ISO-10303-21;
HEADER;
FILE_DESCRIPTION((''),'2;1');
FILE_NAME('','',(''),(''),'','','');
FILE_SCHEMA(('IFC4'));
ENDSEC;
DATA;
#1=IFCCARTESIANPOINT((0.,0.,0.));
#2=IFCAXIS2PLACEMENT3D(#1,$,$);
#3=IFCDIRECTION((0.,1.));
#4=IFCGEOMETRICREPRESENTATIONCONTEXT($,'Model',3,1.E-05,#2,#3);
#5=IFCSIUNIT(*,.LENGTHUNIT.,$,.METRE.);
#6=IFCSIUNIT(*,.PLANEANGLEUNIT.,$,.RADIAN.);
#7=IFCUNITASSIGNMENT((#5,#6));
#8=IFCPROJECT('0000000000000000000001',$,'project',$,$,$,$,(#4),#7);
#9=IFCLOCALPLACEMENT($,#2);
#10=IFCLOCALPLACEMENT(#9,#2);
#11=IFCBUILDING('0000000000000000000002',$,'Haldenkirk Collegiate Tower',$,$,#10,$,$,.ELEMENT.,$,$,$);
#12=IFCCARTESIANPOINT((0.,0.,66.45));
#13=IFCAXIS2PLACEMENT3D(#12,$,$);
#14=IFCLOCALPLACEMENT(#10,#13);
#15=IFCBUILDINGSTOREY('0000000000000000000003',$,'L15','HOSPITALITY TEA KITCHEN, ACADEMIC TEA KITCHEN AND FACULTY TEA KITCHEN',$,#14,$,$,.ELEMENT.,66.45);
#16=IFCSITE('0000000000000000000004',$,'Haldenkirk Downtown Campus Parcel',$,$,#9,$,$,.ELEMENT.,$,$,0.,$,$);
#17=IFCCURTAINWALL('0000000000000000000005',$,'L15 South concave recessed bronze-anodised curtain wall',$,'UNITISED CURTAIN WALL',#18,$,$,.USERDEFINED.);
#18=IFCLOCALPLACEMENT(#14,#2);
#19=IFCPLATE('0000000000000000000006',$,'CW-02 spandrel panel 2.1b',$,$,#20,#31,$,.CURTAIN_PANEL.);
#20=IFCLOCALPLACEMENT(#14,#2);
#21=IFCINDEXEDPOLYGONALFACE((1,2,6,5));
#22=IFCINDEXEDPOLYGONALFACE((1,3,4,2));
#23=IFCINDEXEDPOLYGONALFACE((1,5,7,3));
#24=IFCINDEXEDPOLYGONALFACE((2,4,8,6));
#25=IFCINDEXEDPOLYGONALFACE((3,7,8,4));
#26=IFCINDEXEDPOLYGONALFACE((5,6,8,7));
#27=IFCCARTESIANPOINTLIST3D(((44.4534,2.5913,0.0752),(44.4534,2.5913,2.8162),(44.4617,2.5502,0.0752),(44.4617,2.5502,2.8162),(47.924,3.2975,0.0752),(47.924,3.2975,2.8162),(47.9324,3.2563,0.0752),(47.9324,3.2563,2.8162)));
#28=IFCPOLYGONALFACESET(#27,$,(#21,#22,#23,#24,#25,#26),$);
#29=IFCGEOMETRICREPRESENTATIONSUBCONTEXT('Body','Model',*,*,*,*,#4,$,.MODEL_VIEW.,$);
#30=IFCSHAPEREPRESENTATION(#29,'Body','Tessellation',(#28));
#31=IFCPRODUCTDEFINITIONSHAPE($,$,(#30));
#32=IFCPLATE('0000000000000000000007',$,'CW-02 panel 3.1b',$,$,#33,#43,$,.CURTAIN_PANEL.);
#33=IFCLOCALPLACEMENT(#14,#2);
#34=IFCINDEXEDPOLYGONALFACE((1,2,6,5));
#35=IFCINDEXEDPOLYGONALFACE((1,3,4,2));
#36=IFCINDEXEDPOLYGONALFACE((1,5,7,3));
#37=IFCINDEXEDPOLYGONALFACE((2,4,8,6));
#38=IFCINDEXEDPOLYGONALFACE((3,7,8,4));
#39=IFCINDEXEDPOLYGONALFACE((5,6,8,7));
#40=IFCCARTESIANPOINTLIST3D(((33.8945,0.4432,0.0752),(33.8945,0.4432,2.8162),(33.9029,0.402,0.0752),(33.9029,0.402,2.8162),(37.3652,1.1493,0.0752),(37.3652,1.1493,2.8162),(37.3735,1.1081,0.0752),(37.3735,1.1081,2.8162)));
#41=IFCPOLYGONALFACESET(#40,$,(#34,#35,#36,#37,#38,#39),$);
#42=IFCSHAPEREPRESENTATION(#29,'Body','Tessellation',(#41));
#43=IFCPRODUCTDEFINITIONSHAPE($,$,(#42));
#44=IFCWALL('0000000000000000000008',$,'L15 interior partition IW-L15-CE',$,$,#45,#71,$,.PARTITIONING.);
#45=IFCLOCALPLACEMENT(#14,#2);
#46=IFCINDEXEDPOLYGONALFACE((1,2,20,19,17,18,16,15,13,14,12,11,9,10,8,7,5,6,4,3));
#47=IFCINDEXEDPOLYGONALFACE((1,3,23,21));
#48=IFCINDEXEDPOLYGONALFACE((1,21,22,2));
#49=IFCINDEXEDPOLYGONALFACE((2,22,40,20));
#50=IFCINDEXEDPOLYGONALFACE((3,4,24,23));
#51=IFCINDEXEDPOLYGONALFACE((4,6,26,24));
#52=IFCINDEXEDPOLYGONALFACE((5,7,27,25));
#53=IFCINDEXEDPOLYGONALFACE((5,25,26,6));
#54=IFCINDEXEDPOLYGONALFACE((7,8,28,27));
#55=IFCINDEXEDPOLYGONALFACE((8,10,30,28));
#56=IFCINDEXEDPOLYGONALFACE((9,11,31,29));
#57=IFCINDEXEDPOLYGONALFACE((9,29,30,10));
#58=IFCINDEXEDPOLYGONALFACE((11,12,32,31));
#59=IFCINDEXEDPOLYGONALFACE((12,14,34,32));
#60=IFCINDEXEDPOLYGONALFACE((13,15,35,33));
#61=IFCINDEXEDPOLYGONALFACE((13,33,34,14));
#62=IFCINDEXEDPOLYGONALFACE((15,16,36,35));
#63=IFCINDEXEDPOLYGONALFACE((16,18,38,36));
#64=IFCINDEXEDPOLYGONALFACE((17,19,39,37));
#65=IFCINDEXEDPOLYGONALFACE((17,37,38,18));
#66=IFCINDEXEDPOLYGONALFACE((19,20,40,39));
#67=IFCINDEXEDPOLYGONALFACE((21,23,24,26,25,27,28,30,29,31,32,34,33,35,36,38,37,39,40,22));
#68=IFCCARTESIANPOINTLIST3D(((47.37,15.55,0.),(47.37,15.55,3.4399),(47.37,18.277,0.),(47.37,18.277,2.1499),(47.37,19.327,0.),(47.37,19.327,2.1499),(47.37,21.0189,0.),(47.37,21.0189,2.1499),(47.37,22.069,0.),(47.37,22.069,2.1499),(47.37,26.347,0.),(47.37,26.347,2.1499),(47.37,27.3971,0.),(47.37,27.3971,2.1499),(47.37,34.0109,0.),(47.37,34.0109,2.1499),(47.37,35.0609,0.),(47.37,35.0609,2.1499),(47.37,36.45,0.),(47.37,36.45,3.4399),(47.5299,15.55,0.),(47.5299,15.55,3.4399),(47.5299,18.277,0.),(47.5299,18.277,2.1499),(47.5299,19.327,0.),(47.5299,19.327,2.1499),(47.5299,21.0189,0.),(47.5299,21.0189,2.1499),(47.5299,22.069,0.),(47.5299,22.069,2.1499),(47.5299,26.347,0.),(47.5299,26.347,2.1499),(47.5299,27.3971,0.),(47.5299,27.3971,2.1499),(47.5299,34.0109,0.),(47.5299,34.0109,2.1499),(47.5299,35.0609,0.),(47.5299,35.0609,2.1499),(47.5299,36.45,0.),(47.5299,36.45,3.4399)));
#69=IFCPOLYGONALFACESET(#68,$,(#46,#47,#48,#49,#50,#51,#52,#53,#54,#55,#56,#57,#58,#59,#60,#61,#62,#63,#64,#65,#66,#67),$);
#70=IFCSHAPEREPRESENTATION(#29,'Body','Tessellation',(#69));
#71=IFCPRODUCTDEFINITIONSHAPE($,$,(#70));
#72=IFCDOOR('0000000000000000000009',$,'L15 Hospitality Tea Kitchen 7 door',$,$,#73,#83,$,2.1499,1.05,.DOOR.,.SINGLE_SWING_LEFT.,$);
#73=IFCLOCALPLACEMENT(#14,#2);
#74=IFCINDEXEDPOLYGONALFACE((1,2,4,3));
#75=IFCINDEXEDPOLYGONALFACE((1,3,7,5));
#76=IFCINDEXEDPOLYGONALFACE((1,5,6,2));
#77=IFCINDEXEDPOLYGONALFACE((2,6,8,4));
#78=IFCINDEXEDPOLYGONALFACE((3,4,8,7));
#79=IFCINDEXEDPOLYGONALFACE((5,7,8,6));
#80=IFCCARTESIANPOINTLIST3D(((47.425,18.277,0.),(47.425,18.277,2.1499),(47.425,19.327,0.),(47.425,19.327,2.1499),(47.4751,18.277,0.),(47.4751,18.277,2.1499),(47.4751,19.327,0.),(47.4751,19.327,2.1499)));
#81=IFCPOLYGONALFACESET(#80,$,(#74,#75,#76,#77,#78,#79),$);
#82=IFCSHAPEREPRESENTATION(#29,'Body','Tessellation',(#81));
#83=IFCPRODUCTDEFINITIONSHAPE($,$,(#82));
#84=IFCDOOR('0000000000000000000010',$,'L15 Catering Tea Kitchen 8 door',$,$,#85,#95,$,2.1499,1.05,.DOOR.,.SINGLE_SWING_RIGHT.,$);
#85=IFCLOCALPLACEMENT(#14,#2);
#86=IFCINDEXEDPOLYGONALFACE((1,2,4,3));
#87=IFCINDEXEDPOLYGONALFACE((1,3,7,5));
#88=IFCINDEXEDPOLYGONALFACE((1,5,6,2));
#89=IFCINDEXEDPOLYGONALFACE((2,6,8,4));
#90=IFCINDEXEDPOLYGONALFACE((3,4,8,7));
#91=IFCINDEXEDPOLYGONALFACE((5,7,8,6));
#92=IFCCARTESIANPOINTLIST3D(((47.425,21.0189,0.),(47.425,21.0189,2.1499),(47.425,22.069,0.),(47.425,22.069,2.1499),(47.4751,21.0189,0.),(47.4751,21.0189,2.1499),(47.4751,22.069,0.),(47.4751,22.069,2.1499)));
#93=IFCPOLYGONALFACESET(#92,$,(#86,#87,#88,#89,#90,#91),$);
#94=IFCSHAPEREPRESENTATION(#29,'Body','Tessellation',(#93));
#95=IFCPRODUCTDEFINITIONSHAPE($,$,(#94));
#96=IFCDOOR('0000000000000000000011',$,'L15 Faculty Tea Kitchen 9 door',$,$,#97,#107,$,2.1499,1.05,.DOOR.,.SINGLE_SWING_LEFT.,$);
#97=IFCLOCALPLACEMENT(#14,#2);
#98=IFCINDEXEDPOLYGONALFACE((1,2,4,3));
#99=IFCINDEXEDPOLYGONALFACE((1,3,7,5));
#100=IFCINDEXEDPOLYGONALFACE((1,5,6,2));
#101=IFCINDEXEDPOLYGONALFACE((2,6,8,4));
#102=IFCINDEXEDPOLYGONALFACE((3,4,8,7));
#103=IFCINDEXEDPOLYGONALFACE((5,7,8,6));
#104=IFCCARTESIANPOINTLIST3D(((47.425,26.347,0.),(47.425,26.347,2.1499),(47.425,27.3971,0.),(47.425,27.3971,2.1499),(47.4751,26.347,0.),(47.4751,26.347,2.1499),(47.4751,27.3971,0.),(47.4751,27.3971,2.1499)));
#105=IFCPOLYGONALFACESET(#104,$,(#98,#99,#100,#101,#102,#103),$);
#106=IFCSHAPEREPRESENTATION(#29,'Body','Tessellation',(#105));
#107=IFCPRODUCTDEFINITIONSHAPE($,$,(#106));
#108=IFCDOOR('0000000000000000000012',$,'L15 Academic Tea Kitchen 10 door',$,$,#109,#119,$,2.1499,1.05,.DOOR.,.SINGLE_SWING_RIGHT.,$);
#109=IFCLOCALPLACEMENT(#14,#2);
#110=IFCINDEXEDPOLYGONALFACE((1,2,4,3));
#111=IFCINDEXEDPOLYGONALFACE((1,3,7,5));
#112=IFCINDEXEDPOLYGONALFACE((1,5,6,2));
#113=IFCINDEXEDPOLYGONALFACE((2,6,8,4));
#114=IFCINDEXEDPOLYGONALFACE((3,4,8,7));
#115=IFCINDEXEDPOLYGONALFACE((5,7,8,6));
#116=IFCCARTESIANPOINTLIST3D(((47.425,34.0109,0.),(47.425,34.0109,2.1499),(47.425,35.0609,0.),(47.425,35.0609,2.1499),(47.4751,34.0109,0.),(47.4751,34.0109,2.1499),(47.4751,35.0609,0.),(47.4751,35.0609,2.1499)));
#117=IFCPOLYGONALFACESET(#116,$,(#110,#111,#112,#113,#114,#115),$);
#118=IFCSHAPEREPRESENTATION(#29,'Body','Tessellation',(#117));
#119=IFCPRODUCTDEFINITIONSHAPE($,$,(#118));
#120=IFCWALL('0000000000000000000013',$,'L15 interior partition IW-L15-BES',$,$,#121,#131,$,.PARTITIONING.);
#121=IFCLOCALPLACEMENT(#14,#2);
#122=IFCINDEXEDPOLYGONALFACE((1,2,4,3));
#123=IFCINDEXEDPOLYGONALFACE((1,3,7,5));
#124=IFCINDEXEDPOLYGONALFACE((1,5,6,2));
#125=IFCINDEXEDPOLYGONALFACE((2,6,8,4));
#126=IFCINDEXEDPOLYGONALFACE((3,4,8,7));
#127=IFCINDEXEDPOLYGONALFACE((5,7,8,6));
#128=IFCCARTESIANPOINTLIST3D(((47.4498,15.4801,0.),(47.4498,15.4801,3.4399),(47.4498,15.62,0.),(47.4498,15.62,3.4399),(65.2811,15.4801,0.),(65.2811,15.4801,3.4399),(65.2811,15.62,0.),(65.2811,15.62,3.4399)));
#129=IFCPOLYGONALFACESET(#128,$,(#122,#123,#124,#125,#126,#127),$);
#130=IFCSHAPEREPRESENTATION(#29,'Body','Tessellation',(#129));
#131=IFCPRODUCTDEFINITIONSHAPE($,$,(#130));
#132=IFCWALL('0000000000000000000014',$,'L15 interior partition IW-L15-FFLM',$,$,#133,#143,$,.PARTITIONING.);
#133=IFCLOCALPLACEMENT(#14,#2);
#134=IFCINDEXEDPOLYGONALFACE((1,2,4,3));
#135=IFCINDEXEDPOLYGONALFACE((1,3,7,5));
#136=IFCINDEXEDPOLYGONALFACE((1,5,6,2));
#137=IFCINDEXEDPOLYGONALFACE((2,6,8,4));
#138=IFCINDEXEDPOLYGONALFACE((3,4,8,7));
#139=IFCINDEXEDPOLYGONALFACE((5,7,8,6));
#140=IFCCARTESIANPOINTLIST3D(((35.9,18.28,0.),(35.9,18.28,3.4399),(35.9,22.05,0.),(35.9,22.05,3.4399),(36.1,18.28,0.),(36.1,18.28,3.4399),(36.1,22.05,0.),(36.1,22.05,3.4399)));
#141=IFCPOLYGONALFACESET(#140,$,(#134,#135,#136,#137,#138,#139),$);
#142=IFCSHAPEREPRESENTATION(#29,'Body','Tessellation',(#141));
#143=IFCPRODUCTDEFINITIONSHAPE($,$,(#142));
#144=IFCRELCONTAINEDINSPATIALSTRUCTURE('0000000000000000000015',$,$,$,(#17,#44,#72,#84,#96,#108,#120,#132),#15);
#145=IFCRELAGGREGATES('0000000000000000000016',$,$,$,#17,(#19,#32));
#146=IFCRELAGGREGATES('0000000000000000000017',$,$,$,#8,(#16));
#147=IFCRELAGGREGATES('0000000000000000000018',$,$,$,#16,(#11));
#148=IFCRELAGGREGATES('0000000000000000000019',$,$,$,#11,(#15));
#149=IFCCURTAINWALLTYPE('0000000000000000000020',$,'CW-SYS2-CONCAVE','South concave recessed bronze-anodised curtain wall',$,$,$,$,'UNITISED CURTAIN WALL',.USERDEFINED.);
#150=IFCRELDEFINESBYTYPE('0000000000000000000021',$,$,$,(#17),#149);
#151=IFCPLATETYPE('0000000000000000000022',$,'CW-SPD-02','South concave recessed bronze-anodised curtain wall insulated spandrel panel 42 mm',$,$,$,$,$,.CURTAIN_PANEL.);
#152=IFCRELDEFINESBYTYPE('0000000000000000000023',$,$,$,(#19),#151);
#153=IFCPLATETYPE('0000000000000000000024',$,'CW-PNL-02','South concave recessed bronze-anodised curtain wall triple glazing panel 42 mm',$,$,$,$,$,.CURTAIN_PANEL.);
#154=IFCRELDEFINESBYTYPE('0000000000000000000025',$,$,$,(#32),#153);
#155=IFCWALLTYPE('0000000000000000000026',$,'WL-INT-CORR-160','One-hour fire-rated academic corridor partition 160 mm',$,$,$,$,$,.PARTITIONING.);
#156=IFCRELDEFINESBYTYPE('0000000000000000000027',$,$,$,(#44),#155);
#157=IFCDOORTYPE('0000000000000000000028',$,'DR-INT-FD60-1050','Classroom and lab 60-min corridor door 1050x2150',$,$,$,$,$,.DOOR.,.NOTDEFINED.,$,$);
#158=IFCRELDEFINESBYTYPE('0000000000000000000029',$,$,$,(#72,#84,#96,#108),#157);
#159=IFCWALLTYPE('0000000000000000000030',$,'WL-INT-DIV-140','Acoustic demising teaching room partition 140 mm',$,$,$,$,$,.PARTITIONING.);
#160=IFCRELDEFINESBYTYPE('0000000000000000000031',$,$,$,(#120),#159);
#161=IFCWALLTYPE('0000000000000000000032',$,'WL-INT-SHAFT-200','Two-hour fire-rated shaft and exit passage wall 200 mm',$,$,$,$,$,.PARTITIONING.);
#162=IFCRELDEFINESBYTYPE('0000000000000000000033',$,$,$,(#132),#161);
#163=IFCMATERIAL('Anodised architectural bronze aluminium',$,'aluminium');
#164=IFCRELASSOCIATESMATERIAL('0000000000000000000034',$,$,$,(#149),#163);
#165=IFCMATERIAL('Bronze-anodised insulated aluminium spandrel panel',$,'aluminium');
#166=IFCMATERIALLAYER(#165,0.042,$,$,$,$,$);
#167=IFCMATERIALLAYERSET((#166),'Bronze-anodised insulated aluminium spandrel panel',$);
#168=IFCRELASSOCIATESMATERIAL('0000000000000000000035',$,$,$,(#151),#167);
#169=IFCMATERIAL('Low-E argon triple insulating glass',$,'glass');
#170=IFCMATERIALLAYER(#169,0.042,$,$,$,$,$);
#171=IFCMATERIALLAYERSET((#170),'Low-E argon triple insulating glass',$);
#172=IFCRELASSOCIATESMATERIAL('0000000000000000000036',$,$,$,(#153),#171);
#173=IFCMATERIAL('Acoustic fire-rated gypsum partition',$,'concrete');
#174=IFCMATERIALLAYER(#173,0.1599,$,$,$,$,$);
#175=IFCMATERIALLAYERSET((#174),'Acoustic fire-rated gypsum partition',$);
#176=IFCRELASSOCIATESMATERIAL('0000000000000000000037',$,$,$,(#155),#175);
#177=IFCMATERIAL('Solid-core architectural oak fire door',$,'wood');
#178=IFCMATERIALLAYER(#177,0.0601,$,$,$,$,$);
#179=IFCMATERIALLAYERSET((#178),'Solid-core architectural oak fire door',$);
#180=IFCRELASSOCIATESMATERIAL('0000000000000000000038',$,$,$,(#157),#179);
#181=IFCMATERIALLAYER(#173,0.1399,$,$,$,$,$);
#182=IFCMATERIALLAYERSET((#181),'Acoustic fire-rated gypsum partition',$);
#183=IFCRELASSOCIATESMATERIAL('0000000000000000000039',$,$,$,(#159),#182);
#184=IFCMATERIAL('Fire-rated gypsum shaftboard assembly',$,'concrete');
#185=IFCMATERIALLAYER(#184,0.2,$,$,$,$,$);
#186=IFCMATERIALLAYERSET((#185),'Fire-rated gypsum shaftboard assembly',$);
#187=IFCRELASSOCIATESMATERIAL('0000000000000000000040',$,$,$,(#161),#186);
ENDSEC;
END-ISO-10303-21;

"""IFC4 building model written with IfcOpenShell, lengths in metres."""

from ifc_helpers import new_model, si_unit, direction, frame, frame_2d, origin, origin_2d, place, context, subcontext, project, spatial, rectangle, extrude, source, transform, mapped, material, layer, layer_set, type_object, element, fill, aggregate, save


model = new_model("IFC4")

# Units and contexts
model_context = context("Model", 3, precision=1e-05, world=origin(), true_north=direction((0.0, 1.0)))
body_context = subcontext(model_context, "Body", "Model", "MODEL_VIEW")
ifc_project = project(units=[si_unit("LENGTHUNIT", "METRE"), si_unit("PLANEANGLEUNIT", "RADIAN")], contexts=[model_context])

# Site, building, storey
site_placement = place(None, origin())
site = spatial("IfcSite", under=ifc_project, at=site_placement, Name="Haldenkirk Downtown Campus Parcel", CompositionType="ELEMENT", RefElevation=0.0)
building_placement = place(site_placement, origin())
building = spatial("IfcBuilding", under=site, at=building_placement, Name="Haldenkirk Collegiate Tower", CompositionType="ELEMENT")
storey_placement = place(building_placement, frame((0.0, 0.0, 66.45)))
storey = spatial("IfcBuildingStorey", under=building, at=storey_placement, Name="L15", Description="HOSPITALITY TEA KITCHEN, ACADEMIC TEA KITCHEN AND FACULTY TEA KITCHEN", CompositionType="ELEMENT", Elevation=66.45)

# Curtain wall, plates
ifc_material_1 = material(Name="Anodised architectural bronze aluminium", Category="aluminium")
curtain_wall_type = type_object("IfcCurtainWallType", Name="CW-SYS2-CONCAVE", Description="South concave recessed bronze-anodised curtain wall", ElementType="UNITISED CURTAIN WALL", PredefinedType="USERDEFINED", material=ifc_material_1)
curtain_wall_placement = place(storey_placement, origin())
curtain_wall = element("IfcCurtainWall", 1, at=curtain_wall_placement, inside=storey, type_object=curtain_wall_type, Name="L15 South concave recessed bronze-anodised curtain wall", ObjectType="UNITISED CURTAIN WALL", PredefinedType="USERDEFINED")
ifc_material_2 = material(Name="Bronze-anodised insulated aluminium spandrel panel", Category="aluminium")
ifc_layer_1 = layer(ifc_material_2, 0.042)
ifc_layer_set_1 = layer_set([ifc_layer_1], Name="Bronze-anodised insulated aluminium spandrel panel")
plate_type_1 = type_object("IfcPlateType", Name="CW-SPD-02", Description="South concave recessed bronze-anodised curtain wall insulated spandrel panel 42 mm", PredefinedType="CURTAIN_PANEL", material=ifc_layer_set_1)
shared_shape_1 = source(origin(), body_context, "Body", "SweptSolid", [
    extrude(rectangle(XDim=3.5417, YDim=0.042, at=origin_2d()), origin(), (0.0, 0.0, 1.0), 2.741),
])
plate_1_placement = place(storey_placement, frame((46.1929, 2.9238, 0.0752), z_axis=(0.0, 0.0, 1.0), x_axis=(-0.979925, -0.199369, 0.0)))
plate_1 = element("IfcPlate", 2, at=plate_1_placement, type_object=plate_type_1, Name="CW-02 spandrel panel 2.1b", PredefinedType="CURTAIN_PANEL", context=body_context, shape_type="MappedRepresentation", body=[
    mapped(shared_shape_1, transform((0.0, 0.0, 0.0), x_axis=(1.0, 0.0, 0.0), y_axis=(0.0, 1.0, 0.0), z_axis=(0.0, 0.0, 1.0), scale=1.0)),
])
ifc_material_3 = material(Name="Low-E argon triple insulating glass", Category="glass")
ifc_layer_2 = layer(ifc_material_3, 0.042)
ifc_layer_set_2 = layer_set([ifc_layer_2], Name="Low-E argon triple insulating glass")
plate_type_2 = type_object("IfcPlateType", Name="CW-PNL-02", Description="South concave recessed bronze-anodised curtain wall triple glazing panel 42 mm", PredefinedType="CURTAIN_PANEL", material=ifc_layer_set_2)
plate_2_placement = place(storey_placement, frame((35.634, 0.7756, 0.0752), z_axis=(0.0, 0.0, 1.0), x_axis=(-0.979925, -0.199369, 0.0)))
plate_2 = element("IfcPlate", 3, at=plate_2_placement, type_object=plate_type_2, Name="CW-02 panel 3.1b", PredefinedType="CURTAIN_PANEL", context=body_context, shape_type="MappedRepresentation", body=[
    mapped(shared_shape_1, transform((0.0, 0.0, 0.0), x_axis=(1.0, 0.0, 0.0), y_axis=(0.0, 1.0, 0.0), z_axis=(0.0, 0.0, 1.0), scale=1.0)),
])
aggregate(curtain_wall, [plate_1, plate_2])

# Wall, openings, doors
ifc_material_4 = material(Name="Acoustic fire-rated gypsum partition", Category="concrete")
ifc_layer_3 = layer(ifc_material_4, 0.1599)
ifc_layer_set_3 = layer_set([ifc_layer_3], Name="Acoustic fire-rated gypsum partition")
wall_type_1 = type_object("IfcWallType", Name="WL-INT-CORR-160", Description="One-hour fire-rated academic corridor partition 160 mm", PredefinedType="PARTITIONING", material=ifc_layer_set_3)
wall_1_placement = place(storey_placement, frame((47.45, 15.55, 0.0), z_axis=(0.0, 0.0, 1.0), x_axis=(0.0, 1.0, 0.0)))
wall_1 = element("IfcWall", 4, at=wall_1_placement, inside=storey, type_object=wall_type_1, Name="L15 interior partition IW-L15-CE", PredefinedType="PARTITIONING", context=body_context, shape_type="SweptSolid", body=[
    extrude(rectangle(XDim=20.8999, YDim=0.1599, at=frame_2d((10.45, 0.0))), origin(), (0.0, 0.0, 1.0), 3.4399),
])
opening_1_placement = place(wall_1_placement, frame((2.7271, 0.0, 0.0)))
opening_1 = element("IfcOpeningElement", 5, at=opening_1_placement, cuts=wall_1, PredefinedType="OPENING", context=body_context, shape_type="SweptSolid", body=[
    extrude(rectangle(XDim=1.05, YDim=2.1499, at=frame_2d((0.5249, 1.075))), frame((0.0, 0.0898, 0.0), z_axis=(0.0, -1.0, 0.0), x_axis=(1.0, 0.0, 0.0)), (0.0, 0.0, 1.0), 0.1799),
])
opening_2_placement = place(wall_1_placement, frame((5.469, 0.0, 0.0)))
opening_2 = element("IfcOpeningElement", 6, at=opening_2_placement, cuts=wall_1, PredefinedType="OPENING", context=body_context, shape_type="SweptSolid", body=[
    extrude(rectangle(XDim=1.05, YDim=2.1499, at=frame_2d((0.5249, 1.075))), frame((0.0, 0.0898, 0.0), z_axis=(0.0, -1.0, 0.0), x_axis=(1.0, 0.0, 0.0)), (0.0, 0.0, 1.0), 0.1799),
])
opening_3_placement = place(wall_1_placement, frame((10.7971, 0.0, 0.0)))
opening_3 = element("IfcOpeningElement", 7, at=opening_3_placement, cuts=wall_1, PredefinedType="OPENING", context=body_context, shape_type="SweptSolid", body=[
    extrude(rectangle(XDim=1.05, YDim=2.1499, at=frame_2d((0.5249, 1.075))), frame((0.0, 0.0898, 0.0), z_axis=(0.0, -1.0, 0.0), x_axis=(1.0, 0.0, 0.0)), (0.0, 0.0, 1.0), 0.1799),
])
opening_4_placement = place(wall_1_placement, frame((18.4609, 0.0, 0.0)))
opening_4 = element("IfcOpeningElement", 8, at=opening_4_placement, cuts=wall_1, PredefinedType="OPENING", context=body_context, shape_type="SweptSolid", body=[
    extrude(rectangle(XDim=1.05, YDim=2.1499, at=frame_2d((0.5249, 1.075))), frame((0.0, 0.0898, 0.0), z_axis=(0.0, -1.0, 0.0), x_axis=(1.0, 0.0, 0.0)), (0.0, 0.0, 1.0), 0.1799),
])
ifc_material_5 = material(Name="Solid-core architectural oak fire door", Category="wood")
ifc_layer_4 = layer(ifc_material_5, 0.0601)
ifc_layer_set_4 = layer_set([ifc_layer_4], Name="Solid-core architectural oak fire door")
door_type_1 = type_object("IfcDoorType", Name="DR-INT-FD60-1050", Description="Classroom and lab 60-min corridor door 1050x2150", OperationType="NOTDEFINED", PredefinedType="DOOR", material=ifc_layer_set_4)
door_1_placement = place(opening_1_placement, origin())
door_1 = element("IfcDoor", 9, at=door_1_placement, inside=storey, type_object=door_type_1, Name="L15 Hospitality Tea Kitchen 7 door", OperationType="SINGLE_SWING_LEFT", OverallHeight=2.1499, OverallWidth=1.05, PredefinedType="DOOR", context=body_context, shape_type="SweptSolid", body=[
    extrude(rectangle(XDim=1.05, YDim=2.1499, at=frame_2d((0.5249, 1.075))), frame((0.0, 0.0249, 0.0), z_axis=(0.0, -1.0, 0.0), x_axis=(1.0, 0.0, 0.0)), (0.0, 0.0, 1.0), 0.05),
])
fill(opening_1, door_1)
door_2_placement = place(opening_2_placement, origin())
door_2 = element("IfcDoor", 10, at=door_2_placement, inside=storey, type_object=door_type_1, Name="L15 Catering Tea Kitchen 8 door", OperationType="SINGLE_SWING_RIGHT", OverallHeight=2.1499, OverallWidth=1.05, PredefinedType="DOOR", context=body_context, shape_type="SweptSolid", body=[
    extrude(rectangle(XDim=1.05, YDim=2.1499, at=frame_2d((0.5249, 1.075))), frame((0.0, 0.0249, 0.0), z_axis=(0.0, -1.0, 0.0), x_axis=(1.0, 0.0, 0.0)), (0.0, 0.0, 1.0), 0.05),
])
fill(opening_2, door_2)
door_3_placement = place(opening_3_placement, origin())
door_3 = element("IfcDoor", 11, at=door_3_placement, inside=storey, type_object=door_type_1, Name="L15 Faculty Tea Kitchen 9 door", OperationType="SINGLE_SWING_LEFT", OverallHeight=2.1499, OverallWidth=1.05, PredefinedType="DOOR", context=body_context, shape_type="SweptSolid", body=[
    extrude(rectangle(XDim=1.05, YDim=2.1499, at=frame_2d((0.5249, 1.075))), frame((0.0, 0.0249, 0.0), z_axis=(0.0, -1.0, 0.0), x_axis=(1.0, 0.0, 0.0)), (0.0, 0.0, 1.0), 0.05),
])
fill(opening_3, door_3)
door_4_placement = place(opening_4_placement, origin())
door_4 = element("IfcDoor", 12, at=door_4_placement, inside=storey, type_object=door_type_1, Name="L15 Academic Tea Kitchen 10 door", OperationType="SINGLE_SWING_RIGHT", OverallHeight=2.1499, OverallWidth=1.05, PredefinedType="DOOR", context=body_context, shape_type="SweptSolid", body=[
    extrude(rectangle(XDim=1.05, YDim=2.1499, at=frame_2d((0.5249, 1.075))), frame((0.0, 0.0249, 0.0), z_axis=(0.0, -1.0, 0.0), x_axis=(1.0, 0.0, 0.0)), (0.0, 0.0, 1.0), 0.05),
])
fill(opening_4, door_4)

# Walls
ifc_layer_5 = layer(ifc_material_4, 0.1399)
ifc_layer_set_5 = layer_set([ifc_layer_5], Name="Acoustic fire-rated gypsum partition")
wall_type_2 = type_object("IfcWallType", Name="WL-INT-DIV-140", Description="Acoustic demising teaching room partition 140 mm", PredefinedType="PARTITIONING", material=ifc_layer_set_5)
wall_2_placement = place(storey_placement, frame((47.45, 15.55, 0.0), z_axis=(0.0, 0.0, 1.0), x_axis=(1.0, 0.0, 0.0)))
element("IfcWall", 13, at=wall_2_placement, inside=storey, type_object=wall_type_2, Name="L15 interior partition IW-L15-BES", PredefinedType="PARTITIONING", context=body_context, shape_type="SweptSolid", body=[
    extrude(rectangle(XDim=17.8313, YDim=0.1399, at=frame_2d((8.9155, 0.0))), origin(), (0.0, 0.0, 1.0), 3.4399),
])
ifc_material_6 = material(Name="Fire-rated gypsum shaftboard assembly", Category="concrete")
ifc_layer_6 = layer(ifc_material_6, 0.2)
ifc_layer_set_6 = layer_set([ifc_layer_6], Name="Fire-rated gypsum shaftboard assembly")
wall_type_3 = type_object("IfcWallType", Name="WL-INT-SHAFT-200", Description="Two-hour fire-rated shaft and exit passage wall 200 mm", PredefinedType="PARTITIONING", material=ifc_layer_set_6)
wall_3_placement = place(storey_placement, frame((36.0, 18.28, 0.0), z_axis=(0.0, 0.0, 1.0), x_axis=(0.0, 1.0, 0.0)))
element("IfcWall", 14, at=wall_3_placement, inside=storey, type_object=wall_type_3, Name="L15 interior partition IW-L15-FFLM", PredefinedType="PARTITIONING", context=body_context, shape_type="SweptSolid", body=[
    extrude(rectangle(XDim=3.77, YDim=0.2, at=frame_2d((1.885, 0.0))), origin(), (0.0, 0.0, 1.0), 3.4399),
])

save(model, "model.ifc")
